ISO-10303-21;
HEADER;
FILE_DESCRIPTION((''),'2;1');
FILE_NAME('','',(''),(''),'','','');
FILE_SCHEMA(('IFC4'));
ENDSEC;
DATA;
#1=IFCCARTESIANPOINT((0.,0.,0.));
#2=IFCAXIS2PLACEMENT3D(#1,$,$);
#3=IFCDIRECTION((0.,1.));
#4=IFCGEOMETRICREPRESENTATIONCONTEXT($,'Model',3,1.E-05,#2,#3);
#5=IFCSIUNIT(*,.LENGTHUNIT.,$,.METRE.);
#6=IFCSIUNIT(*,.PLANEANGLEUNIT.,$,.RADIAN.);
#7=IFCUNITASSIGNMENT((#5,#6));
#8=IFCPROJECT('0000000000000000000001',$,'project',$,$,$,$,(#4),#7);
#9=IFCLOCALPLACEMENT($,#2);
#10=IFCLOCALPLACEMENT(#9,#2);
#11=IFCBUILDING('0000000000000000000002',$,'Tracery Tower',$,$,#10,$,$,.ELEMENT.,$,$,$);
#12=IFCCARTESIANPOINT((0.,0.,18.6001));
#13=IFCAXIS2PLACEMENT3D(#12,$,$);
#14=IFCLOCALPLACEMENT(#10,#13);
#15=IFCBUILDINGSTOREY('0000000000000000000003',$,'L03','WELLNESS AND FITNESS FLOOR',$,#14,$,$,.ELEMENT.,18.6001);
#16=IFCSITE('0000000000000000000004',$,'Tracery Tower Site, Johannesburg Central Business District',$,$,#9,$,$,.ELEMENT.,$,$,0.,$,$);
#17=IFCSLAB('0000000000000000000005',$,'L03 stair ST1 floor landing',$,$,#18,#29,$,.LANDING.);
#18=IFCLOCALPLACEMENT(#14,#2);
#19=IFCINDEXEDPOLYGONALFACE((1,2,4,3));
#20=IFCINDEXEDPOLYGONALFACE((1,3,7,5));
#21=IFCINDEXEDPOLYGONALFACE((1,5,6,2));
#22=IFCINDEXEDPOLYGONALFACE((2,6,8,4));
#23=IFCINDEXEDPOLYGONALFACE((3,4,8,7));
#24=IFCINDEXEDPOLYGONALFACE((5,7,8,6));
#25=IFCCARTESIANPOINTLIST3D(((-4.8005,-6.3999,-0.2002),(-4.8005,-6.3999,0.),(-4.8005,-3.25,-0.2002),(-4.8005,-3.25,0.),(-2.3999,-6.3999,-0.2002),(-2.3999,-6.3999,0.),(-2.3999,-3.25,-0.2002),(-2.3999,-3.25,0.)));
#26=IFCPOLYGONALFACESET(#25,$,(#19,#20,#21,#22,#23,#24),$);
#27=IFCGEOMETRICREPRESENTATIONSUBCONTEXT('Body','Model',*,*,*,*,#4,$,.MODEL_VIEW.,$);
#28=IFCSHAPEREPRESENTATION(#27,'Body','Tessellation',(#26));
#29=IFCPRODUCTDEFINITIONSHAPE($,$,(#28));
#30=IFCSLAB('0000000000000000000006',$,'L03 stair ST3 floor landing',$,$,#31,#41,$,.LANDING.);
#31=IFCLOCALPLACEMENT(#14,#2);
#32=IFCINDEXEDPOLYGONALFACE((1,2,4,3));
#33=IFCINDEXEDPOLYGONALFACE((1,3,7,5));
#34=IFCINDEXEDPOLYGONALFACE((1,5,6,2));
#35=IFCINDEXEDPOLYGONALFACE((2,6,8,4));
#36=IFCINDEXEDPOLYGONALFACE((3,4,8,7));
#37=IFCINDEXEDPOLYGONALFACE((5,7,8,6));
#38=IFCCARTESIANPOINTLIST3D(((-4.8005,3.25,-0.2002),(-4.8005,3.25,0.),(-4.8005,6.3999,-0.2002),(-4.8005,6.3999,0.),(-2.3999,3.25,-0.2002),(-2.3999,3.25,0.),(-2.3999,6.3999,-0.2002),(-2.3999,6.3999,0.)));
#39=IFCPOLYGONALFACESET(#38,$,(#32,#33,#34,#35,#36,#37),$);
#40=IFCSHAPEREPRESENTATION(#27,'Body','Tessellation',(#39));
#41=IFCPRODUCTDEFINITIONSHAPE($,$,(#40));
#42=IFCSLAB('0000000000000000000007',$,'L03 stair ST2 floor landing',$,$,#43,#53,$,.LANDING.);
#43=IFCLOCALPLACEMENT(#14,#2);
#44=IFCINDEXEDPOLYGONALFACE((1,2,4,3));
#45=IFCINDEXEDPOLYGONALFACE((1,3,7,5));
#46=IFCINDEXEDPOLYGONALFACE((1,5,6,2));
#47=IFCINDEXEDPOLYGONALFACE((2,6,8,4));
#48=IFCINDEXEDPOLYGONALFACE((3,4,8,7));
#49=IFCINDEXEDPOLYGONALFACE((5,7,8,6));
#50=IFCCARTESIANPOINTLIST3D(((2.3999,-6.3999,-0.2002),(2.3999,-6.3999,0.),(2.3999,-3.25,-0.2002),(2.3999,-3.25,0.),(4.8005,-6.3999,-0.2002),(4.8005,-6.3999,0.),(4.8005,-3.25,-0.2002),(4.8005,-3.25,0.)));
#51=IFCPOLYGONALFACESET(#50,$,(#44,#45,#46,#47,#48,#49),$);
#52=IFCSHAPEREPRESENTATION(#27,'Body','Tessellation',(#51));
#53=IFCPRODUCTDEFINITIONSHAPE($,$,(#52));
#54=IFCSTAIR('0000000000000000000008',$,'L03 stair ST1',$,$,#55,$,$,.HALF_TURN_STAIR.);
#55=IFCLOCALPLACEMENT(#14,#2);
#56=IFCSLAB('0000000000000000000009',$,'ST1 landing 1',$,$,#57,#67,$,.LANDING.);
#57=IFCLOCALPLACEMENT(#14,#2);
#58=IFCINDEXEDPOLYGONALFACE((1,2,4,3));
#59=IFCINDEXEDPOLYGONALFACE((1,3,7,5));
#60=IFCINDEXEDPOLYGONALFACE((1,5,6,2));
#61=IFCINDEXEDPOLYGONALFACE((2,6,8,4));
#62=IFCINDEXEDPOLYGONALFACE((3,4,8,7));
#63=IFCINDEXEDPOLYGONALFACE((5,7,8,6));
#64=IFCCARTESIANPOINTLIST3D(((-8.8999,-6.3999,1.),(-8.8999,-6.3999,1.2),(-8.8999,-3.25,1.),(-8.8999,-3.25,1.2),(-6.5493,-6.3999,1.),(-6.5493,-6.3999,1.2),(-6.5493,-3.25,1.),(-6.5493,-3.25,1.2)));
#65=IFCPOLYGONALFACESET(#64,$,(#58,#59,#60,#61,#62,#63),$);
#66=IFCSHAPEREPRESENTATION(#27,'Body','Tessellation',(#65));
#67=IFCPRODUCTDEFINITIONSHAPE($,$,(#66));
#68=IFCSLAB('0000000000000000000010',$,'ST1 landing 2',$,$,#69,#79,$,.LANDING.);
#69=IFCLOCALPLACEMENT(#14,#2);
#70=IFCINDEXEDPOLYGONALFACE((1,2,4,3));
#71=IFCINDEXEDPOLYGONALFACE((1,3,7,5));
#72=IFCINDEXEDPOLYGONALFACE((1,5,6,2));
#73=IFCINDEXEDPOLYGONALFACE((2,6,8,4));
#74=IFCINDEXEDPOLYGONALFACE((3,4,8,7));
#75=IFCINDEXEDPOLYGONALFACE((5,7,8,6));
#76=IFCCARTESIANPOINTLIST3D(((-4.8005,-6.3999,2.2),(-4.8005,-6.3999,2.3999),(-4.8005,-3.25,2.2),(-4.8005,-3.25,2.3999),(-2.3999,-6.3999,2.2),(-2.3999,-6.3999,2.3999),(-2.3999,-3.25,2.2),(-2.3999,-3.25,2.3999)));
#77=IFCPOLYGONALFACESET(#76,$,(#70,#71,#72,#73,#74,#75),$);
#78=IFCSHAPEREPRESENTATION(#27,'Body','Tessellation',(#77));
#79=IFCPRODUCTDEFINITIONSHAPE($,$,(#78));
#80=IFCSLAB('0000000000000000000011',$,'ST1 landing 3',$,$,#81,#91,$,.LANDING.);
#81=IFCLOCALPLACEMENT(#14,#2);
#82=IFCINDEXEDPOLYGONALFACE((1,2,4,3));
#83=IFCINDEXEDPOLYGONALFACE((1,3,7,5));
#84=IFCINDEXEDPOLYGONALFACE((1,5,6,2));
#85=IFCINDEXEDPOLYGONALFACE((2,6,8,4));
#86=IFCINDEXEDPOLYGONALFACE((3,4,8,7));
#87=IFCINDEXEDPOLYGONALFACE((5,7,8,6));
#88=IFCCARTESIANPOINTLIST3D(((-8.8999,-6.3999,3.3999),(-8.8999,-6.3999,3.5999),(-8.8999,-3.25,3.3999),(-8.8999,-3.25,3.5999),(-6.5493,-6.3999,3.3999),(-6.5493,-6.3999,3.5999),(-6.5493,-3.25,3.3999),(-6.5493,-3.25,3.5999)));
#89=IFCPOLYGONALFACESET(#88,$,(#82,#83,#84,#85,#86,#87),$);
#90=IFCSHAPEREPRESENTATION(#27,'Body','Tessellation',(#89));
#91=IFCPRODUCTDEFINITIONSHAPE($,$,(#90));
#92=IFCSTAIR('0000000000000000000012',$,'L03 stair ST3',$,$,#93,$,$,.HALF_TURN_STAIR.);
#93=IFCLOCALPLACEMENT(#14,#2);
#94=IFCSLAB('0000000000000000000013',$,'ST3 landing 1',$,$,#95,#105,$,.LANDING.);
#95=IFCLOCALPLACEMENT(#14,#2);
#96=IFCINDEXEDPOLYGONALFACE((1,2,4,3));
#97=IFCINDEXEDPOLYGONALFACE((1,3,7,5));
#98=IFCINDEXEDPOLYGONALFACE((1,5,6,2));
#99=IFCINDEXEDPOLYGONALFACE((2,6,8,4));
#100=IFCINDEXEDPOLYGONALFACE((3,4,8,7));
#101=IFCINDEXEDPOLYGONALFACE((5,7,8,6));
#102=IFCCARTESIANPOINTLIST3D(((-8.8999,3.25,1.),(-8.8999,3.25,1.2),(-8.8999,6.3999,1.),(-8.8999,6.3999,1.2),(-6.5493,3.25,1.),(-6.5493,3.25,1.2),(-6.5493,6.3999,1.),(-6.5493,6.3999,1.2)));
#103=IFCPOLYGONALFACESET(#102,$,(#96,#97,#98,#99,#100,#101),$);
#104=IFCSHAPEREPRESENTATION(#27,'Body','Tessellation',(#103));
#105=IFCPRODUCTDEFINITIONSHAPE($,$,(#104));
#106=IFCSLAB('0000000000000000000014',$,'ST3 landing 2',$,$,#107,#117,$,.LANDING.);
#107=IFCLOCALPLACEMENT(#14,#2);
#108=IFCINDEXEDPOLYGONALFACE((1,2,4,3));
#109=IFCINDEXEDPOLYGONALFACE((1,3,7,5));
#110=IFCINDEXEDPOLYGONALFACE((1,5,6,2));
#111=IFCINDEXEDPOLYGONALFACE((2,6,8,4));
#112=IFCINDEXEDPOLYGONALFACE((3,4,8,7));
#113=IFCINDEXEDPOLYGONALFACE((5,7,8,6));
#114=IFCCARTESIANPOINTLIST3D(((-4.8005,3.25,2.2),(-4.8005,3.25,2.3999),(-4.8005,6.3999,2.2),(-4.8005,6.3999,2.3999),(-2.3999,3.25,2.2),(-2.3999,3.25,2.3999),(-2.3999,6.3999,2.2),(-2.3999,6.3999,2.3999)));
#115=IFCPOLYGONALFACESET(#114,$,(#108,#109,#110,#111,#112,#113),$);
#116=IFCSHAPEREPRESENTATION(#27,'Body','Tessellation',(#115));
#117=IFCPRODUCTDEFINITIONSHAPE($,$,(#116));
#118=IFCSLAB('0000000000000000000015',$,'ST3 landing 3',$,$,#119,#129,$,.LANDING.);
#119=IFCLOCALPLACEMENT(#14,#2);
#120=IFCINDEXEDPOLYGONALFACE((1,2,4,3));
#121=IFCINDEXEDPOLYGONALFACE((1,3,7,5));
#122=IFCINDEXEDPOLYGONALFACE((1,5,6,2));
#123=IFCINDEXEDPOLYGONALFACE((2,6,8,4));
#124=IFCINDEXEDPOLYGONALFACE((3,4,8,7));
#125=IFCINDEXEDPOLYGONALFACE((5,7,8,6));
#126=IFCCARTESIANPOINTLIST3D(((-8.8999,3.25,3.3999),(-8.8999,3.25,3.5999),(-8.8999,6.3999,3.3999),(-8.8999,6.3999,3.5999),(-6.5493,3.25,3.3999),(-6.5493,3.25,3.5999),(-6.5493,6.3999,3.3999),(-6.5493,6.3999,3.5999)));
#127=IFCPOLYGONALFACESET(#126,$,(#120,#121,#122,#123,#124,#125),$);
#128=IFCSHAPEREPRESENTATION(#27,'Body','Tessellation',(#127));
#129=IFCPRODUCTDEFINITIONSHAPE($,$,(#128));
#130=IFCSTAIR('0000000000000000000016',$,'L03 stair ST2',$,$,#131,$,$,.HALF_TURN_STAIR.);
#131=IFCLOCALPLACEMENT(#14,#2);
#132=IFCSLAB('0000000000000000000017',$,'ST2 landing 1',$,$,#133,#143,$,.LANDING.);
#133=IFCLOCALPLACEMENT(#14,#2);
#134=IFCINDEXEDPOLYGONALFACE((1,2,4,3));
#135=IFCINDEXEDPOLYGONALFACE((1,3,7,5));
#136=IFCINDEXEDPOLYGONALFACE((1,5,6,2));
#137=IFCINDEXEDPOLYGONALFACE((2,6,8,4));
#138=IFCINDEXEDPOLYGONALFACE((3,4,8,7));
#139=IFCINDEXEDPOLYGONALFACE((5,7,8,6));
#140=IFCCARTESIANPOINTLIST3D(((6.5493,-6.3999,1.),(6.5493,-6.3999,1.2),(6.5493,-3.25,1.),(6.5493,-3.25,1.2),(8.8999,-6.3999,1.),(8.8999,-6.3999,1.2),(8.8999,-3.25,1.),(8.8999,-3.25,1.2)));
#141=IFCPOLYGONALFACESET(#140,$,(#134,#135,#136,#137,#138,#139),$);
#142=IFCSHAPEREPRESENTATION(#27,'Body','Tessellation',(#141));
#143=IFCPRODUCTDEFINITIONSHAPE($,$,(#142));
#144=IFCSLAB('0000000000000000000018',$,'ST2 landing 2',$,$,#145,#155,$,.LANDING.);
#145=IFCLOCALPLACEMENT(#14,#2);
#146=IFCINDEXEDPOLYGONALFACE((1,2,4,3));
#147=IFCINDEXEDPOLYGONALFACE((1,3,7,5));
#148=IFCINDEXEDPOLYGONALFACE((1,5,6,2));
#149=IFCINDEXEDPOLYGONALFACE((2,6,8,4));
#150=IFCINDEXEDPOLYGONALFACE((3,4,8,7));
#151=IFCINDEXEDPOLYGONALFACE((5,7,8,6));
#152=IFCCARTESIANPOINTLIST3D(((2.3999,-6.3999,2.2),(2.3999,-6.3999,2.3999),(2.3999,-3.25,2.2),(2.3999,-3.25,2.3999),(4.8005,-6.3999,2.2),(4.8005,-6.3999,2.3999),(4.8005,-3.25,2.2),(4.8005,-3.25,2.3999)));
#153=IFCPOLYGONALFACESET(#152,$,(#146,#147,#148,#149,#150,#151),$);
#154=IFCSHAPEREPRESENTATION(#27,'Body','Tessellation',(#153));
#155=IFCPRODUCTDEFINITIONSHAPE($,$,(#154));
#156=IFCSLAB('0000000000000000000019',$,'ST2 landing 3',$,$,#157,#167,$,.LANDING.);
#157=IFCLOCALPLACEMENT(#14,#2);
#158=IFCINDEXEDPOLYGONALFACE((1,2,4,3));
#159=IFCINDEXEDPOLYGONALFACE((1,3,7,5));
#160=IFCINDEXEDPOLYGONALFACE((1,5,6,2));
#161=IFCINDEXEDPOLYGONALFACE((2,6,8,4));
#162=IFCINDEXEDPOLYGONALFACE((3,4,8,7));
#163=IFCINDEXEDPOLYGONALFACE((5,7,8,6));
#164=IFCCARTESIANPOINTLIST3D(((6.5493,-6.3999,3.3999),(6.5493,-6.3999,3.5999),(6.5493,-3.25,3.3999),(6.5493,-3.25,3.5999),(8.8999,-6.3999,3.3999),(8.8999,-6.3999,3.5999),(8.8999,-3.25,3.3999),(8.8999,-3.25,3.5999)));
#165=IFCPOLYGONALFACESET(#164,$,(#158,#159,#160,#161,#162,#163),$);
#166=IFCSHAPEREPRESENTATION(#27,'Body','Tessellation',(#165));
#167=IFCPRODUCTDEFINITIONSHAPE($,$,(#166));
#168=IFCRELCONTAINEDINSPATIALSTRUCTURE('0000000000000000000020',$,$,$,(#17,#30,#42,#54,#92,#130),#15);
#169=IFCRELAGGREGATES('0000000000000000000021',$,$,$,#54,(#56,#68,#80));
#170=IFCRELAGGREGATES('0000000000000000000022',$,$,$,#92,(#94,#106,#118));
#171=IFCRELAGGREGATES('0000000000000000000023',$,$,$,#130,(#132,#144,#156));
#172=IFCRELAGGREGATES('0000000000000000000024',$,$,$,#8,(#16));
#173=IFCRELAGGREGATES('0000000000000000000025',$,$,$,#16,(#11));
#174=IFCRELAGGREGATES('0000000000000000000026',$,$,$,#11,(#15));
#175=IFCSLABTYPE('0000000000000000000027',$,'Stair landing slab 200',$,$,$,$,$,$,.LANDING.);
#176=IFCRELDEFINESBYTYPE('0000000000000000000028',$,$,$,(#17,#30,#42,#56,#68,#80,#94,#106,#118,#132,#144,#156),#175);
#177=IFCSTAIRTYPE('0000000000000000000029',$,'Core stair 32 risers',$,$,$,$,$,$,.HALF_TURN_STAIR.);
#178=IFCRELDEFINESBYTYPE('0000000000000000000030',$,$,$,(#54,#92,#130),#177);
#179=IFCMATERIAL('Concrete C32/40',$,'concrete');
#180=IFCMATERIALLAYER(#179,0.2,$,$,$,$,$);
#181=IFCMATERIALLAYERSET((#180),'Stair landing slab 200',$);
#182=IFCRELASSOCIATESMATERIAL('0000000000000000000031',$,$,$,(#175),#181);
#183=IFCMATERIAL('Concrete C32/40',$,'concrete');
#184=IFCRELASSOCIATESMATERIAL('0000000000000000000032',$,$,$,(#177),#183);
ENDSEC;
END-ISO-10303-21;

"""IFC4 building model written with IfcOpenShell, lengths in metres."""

from ifc_helpers import new_model, si_unit, direction, frame, origin, place, context, subcontext, project, spatial, polyline, outline, extrude, material, layer, layer_set, type_object, element, aggregate, save


model = new_model("IFC4")

# Units and contexts
model_context = context("Model", 3, precision=1e-05, world=origin(), true_north=direction((0.0, 1.0)))
body_context = subcontext(model_context, "Body", "Model", "MODEL_VIEW")
ifc_project = project(units=[si_unit("LENGTHUNIT", "METRE"), si_unit("PLANEANGLEUNIT", "RADIAN")], contexts=[model_context])

# Site, building, storey
site_placement = place(None, origin())
site = spatial("IfcSite", under=ifc_project, at=site_placement, Name="Tracery Tower Site, Johannesburg Central Business District", CompositionType="ELEMENT", RefElevation=0.0)
building_placement = place(site_placement, origin())
building = spatial("IfcBuilding", under=site, at=building_placement, Name="Tracery Tower", CompositionType="ELEMENT")
storey_placement = place(building_placement, frame((0.0, 0.0, 18.6001)))
storey = spatial("IfcBuildingStorey", under=building, at=storey_placement, Name="L03", Description="WELLNESS AND FITNESS FLOOR", CompositionType="ELEMENT", Elevation=18.6001)

# Slabs
ifc_material_1 = material(Name="Concrete C32/40", Category="concrete")
ifc_layer_1 = layer(ifc_material_1, 0.2)
ifc_layer_set_1 = layer_set([ifc_layer_1], Name="Stair landing slab 200")
slab_type_1 = type_object("IfcSlabType", Name="Stair landing slab 200", PredefinedType="LANDING", material=ifc_layer_set_1)
slab_1_placement = place(storey_placement, frame((0.0, 0.0, -0.2002)))
element("IfcSlab", 1, at=slab_1_placement, inside=storey, type_object=slab_type_1, Name="L03 stair ST1 floor landing", PredefinedType="LANDING", context=body_context, shape_type="SweptSolid", body=[
    extrude(outline(polyline([(-2.3999, -3.25), (-4.8005, -3.25), (-4.8005, -6.3999), (-2.3999, -6.3999), (-2.3999, -3.25)])), origin(), (0.0, 0.0, 1.0), 0.2002),
])
slab_2_placement = place(storey_placement, frame((0.0, 0.0, -0.2002)))
element("IfcSlab", 2, at=slab_2_placement, inside=storey, type_object=slab_type_1, Name="L03 stair ST3 floor landing", PredefinedType="LANDING", context=body_context, shape_type="SweptSolid", body=[
    extrude(outline(polyline([(-2.3999, 6.3999), (-4.8005, 6.3999), (-4.8005, 3.25), (-2.3999, 3.25), (-2.3999, 6.3999)])), origin(), (0.0, 0.0, 1.0), 0.2002),
])
slab_3_placement = place(storey_placement, frame((0.0, 0.0, -0.2002)))
element("IfcSlab", 3, at=slab_3_placement, inside=storey, type_object=slab_type_1, Name="L03 stair ST2 floor landing", PredefinedType="LANDING", context=body_context, shape_type="SweptSolid", body=[
    extrude(outline(polyline([(2.3999, -6.3999), (4.8005, -6.3999), (4.8005, -3.25), (2.3999, -3.25), (2.3999, -6.3999)])), origin(), (0.0, 0.0, 1.0), 0.2002),
])

# Stairs, slabs
ifc_material_2 = material(Name="Concrete C32/40", Category="concrete")
stair_type = type_object("IfcStairType", Name="Core stair 32 risers", PredefinedType="HALF_TURN_STAIR", material=ifc_material_2)
stair_1_placement = place(storey_placement, origin())
stair_1 = element("IfcStair", 4, at=stair_1_placement, inside=storey, type_object=stair_type, Name="L03 stair ST1", PredefinedType="HALF_TURN_STAIR")
slab_4_placement = place(storey_placement, frame((0.0, 0.0, 1.0)))
slab_4 = element("IfcSlab", 5, at=slab_4_placement, type_object=slab_type_1, Name="ST1 landing 1", PredefinedType="LANDING", context=body_context, shape_type="SweptSolid", body=[
    extrude(outline(polyline([(-6.5493, -3.25), (-8.8999, -3.25), (-8.8999, -6.3999), (-6.5493, -6.3999), (-6.5493, -3.25)])), origin(), (0.0, 0.0, 1.0), 0.2),
])
slab_5_placement = place(storey_placement, frame((0.0, 0.0, 2.2)))
slab_5 = element("IfcSlab", 6, at=slab_5_placement, type_object=slab_type_1, Name="ST1 landing 2", PredefinedType="LANDING", context=body_context, shape_type="SweptSolid", body=[
    extrude(outline(polyline([(-2.3999, -3.25), (-4.8005, -3.25), (-4.8005, -6.3999), (-2.3999, -6.3999), (-2.3999, -3.25)])), origin(), (0.0, 0.0, 1.0), 0.2),
])
slab_6_placement = place(storey_placement, frame((0.0, 0.0, 3.3999)))
slab_6 = element("IfcSlab", 7, at=slab_6_placement, type_object=slab_type_1, Name="ST1 landing 3", PredefinedType="LANDING", context=body_context, shape_type="SweptSolid", body=[
    extrude(outline(polyline([(-6.5493, -3.25), (-8.8999, -3.25), (-8.8999, -6.3999), (-6.5493, -6.3999), (-6.5493, -3.25)])), origin(), (0.0, 0.0, 1.0), 0.2),
])
aggregate(stair_1, [slab_4, slab_5, slab_6])
stair_2_placement = place(storey_placement, origin())
stair_2 = element("IfcStair", 8, at=stair_2_placement, inside=storey, type_object=stair_type, Name="L03 stair ST3", PredefinedType="HALF_TURN_STAIR")
slab_7_placement = place(storey_placement, frame((0.0, 0.0, 1.0)))
slab_7 = element("IfcSlab", 9, at=slab_7_placement, type_object=slab_type_1, Name="ST3 landing 1", PredefinedType="LANDING", context=body_context, shape_type="SweptSolid", body=[
    extrude(outline(polyline([(-6.5493, 6.3999), (-8.8999, 6.3999), (-8.8999, 3.25), (-6.5493, 3.25), (-6.5493, 6.3999)])), origin(), (0.0, 0.0, 1.0), 0.2),
])
slab_8_placement = place(storey_placement, frame((0.0, 0.0, 2.2)))
slab_8 = element("IfcSlab", 10, at=slab_8_placement, type_object=slab_type_1, Name="ST3 landing 2", PredefinedType="LANDING", context=body_context, shape_type="SweptSolid", body=[
    extrude(outline(polyline([(-2.3999, 6.3999), (-4.8005, 6.3999), (-4.8005, 3.25), (-2.3999, 3.25), (-2.3999, 6.3999)])), origin(), (0.0, 0.0, 1.0), 0.2),
])
slab_9_placement = place(storey_placement, frame((0.0, 0.0, 3.3999)))
slab_9 = element("IfcSlab", 11, at=slab_9_placement, type_object=slab_type_1, Name="ST3 landing 3", PredefinedType="LANDING", context=body_context, shape_type="SweptSolid", body=[
    extrude(outline(polyline([(-6.5493, 6.3999), (-8.8999, 6.3999), (-8.8999, 3.25), (-6.5493, 3.25), (-6.5493, 6.3999)])), origin(), (0.0, 0.0, 1.0), 0.2),
])
aggregate(stair_2, [slab_7, slab_8, slab_9])
stair_3_placement = place(storey_placement, origin())
stair_3 = element("IfcStair", 12, at=stair_3_placement, inside=storey, type_object=stair_type, Name="L03 stair ST2", PredefinedType="HALF_TURN_STAIR")
slab_10_placement = place(storey_placement, frame((0.0, 0.0, 1.0)))
slab_10 = element("IfcSlab", 13, at=slab_10_placement, type_object=slab_type_1, Name="ST2 landing 1", PredefinedType="LANDING", context=body_context, shape_type="SweptSolid", body=[
    extrude(outline(polyline([(6.5493, -6.3999), (8.8999, -6.3999), (8.8999, -3.25), (6.5493, -3.25), (6.5493, -6.3999)])), origin(), (0.0, 0.0, 1.0), 0.2),
])
slab_11_placement = place(storey_placement, frame((0.0, 0.0, 2.2)))
slab_11 = element("IfcSlab", 14, at=slab_11_placement, type_object=slab_type_1, Name="ST2 landing 2", PredefinedType="LANDING", context=body_context, shape_type="SweptSolid", body=[
    extrude(outline(polyline([(2.3999, -6.3999), (4.8005, -6.3999), (4.8005, -3.25), (2.3999, -3.25), (2.3999, -6.3999)])), origin(), (0.0, 0.0, 1.0), 0.2),
])
slab_12_placement = place(storey_placement, frame((0.0, 0.0, 3.3999)))
slab_12 = element("IfcSlab", 15, at=slab_12_placement, type_object=slab_type_1, Name="ST2 landing 3", PredefinedType="LANDING", context=body_context, shape_type="SweptSolid", body=[
    extrude(outline(polyline([(6.5493, -6.3999), (8.8999, -6.3999), (8.8999, -3.25), (6.5493, -3.25), (6.5493, -6.3999)])), origin(), (0.0, 0.0, 1.0), 0.2),
])
aggregate(stair_3, [slab_10, slab_11, slab_12])

save(model, "model.ifc")
